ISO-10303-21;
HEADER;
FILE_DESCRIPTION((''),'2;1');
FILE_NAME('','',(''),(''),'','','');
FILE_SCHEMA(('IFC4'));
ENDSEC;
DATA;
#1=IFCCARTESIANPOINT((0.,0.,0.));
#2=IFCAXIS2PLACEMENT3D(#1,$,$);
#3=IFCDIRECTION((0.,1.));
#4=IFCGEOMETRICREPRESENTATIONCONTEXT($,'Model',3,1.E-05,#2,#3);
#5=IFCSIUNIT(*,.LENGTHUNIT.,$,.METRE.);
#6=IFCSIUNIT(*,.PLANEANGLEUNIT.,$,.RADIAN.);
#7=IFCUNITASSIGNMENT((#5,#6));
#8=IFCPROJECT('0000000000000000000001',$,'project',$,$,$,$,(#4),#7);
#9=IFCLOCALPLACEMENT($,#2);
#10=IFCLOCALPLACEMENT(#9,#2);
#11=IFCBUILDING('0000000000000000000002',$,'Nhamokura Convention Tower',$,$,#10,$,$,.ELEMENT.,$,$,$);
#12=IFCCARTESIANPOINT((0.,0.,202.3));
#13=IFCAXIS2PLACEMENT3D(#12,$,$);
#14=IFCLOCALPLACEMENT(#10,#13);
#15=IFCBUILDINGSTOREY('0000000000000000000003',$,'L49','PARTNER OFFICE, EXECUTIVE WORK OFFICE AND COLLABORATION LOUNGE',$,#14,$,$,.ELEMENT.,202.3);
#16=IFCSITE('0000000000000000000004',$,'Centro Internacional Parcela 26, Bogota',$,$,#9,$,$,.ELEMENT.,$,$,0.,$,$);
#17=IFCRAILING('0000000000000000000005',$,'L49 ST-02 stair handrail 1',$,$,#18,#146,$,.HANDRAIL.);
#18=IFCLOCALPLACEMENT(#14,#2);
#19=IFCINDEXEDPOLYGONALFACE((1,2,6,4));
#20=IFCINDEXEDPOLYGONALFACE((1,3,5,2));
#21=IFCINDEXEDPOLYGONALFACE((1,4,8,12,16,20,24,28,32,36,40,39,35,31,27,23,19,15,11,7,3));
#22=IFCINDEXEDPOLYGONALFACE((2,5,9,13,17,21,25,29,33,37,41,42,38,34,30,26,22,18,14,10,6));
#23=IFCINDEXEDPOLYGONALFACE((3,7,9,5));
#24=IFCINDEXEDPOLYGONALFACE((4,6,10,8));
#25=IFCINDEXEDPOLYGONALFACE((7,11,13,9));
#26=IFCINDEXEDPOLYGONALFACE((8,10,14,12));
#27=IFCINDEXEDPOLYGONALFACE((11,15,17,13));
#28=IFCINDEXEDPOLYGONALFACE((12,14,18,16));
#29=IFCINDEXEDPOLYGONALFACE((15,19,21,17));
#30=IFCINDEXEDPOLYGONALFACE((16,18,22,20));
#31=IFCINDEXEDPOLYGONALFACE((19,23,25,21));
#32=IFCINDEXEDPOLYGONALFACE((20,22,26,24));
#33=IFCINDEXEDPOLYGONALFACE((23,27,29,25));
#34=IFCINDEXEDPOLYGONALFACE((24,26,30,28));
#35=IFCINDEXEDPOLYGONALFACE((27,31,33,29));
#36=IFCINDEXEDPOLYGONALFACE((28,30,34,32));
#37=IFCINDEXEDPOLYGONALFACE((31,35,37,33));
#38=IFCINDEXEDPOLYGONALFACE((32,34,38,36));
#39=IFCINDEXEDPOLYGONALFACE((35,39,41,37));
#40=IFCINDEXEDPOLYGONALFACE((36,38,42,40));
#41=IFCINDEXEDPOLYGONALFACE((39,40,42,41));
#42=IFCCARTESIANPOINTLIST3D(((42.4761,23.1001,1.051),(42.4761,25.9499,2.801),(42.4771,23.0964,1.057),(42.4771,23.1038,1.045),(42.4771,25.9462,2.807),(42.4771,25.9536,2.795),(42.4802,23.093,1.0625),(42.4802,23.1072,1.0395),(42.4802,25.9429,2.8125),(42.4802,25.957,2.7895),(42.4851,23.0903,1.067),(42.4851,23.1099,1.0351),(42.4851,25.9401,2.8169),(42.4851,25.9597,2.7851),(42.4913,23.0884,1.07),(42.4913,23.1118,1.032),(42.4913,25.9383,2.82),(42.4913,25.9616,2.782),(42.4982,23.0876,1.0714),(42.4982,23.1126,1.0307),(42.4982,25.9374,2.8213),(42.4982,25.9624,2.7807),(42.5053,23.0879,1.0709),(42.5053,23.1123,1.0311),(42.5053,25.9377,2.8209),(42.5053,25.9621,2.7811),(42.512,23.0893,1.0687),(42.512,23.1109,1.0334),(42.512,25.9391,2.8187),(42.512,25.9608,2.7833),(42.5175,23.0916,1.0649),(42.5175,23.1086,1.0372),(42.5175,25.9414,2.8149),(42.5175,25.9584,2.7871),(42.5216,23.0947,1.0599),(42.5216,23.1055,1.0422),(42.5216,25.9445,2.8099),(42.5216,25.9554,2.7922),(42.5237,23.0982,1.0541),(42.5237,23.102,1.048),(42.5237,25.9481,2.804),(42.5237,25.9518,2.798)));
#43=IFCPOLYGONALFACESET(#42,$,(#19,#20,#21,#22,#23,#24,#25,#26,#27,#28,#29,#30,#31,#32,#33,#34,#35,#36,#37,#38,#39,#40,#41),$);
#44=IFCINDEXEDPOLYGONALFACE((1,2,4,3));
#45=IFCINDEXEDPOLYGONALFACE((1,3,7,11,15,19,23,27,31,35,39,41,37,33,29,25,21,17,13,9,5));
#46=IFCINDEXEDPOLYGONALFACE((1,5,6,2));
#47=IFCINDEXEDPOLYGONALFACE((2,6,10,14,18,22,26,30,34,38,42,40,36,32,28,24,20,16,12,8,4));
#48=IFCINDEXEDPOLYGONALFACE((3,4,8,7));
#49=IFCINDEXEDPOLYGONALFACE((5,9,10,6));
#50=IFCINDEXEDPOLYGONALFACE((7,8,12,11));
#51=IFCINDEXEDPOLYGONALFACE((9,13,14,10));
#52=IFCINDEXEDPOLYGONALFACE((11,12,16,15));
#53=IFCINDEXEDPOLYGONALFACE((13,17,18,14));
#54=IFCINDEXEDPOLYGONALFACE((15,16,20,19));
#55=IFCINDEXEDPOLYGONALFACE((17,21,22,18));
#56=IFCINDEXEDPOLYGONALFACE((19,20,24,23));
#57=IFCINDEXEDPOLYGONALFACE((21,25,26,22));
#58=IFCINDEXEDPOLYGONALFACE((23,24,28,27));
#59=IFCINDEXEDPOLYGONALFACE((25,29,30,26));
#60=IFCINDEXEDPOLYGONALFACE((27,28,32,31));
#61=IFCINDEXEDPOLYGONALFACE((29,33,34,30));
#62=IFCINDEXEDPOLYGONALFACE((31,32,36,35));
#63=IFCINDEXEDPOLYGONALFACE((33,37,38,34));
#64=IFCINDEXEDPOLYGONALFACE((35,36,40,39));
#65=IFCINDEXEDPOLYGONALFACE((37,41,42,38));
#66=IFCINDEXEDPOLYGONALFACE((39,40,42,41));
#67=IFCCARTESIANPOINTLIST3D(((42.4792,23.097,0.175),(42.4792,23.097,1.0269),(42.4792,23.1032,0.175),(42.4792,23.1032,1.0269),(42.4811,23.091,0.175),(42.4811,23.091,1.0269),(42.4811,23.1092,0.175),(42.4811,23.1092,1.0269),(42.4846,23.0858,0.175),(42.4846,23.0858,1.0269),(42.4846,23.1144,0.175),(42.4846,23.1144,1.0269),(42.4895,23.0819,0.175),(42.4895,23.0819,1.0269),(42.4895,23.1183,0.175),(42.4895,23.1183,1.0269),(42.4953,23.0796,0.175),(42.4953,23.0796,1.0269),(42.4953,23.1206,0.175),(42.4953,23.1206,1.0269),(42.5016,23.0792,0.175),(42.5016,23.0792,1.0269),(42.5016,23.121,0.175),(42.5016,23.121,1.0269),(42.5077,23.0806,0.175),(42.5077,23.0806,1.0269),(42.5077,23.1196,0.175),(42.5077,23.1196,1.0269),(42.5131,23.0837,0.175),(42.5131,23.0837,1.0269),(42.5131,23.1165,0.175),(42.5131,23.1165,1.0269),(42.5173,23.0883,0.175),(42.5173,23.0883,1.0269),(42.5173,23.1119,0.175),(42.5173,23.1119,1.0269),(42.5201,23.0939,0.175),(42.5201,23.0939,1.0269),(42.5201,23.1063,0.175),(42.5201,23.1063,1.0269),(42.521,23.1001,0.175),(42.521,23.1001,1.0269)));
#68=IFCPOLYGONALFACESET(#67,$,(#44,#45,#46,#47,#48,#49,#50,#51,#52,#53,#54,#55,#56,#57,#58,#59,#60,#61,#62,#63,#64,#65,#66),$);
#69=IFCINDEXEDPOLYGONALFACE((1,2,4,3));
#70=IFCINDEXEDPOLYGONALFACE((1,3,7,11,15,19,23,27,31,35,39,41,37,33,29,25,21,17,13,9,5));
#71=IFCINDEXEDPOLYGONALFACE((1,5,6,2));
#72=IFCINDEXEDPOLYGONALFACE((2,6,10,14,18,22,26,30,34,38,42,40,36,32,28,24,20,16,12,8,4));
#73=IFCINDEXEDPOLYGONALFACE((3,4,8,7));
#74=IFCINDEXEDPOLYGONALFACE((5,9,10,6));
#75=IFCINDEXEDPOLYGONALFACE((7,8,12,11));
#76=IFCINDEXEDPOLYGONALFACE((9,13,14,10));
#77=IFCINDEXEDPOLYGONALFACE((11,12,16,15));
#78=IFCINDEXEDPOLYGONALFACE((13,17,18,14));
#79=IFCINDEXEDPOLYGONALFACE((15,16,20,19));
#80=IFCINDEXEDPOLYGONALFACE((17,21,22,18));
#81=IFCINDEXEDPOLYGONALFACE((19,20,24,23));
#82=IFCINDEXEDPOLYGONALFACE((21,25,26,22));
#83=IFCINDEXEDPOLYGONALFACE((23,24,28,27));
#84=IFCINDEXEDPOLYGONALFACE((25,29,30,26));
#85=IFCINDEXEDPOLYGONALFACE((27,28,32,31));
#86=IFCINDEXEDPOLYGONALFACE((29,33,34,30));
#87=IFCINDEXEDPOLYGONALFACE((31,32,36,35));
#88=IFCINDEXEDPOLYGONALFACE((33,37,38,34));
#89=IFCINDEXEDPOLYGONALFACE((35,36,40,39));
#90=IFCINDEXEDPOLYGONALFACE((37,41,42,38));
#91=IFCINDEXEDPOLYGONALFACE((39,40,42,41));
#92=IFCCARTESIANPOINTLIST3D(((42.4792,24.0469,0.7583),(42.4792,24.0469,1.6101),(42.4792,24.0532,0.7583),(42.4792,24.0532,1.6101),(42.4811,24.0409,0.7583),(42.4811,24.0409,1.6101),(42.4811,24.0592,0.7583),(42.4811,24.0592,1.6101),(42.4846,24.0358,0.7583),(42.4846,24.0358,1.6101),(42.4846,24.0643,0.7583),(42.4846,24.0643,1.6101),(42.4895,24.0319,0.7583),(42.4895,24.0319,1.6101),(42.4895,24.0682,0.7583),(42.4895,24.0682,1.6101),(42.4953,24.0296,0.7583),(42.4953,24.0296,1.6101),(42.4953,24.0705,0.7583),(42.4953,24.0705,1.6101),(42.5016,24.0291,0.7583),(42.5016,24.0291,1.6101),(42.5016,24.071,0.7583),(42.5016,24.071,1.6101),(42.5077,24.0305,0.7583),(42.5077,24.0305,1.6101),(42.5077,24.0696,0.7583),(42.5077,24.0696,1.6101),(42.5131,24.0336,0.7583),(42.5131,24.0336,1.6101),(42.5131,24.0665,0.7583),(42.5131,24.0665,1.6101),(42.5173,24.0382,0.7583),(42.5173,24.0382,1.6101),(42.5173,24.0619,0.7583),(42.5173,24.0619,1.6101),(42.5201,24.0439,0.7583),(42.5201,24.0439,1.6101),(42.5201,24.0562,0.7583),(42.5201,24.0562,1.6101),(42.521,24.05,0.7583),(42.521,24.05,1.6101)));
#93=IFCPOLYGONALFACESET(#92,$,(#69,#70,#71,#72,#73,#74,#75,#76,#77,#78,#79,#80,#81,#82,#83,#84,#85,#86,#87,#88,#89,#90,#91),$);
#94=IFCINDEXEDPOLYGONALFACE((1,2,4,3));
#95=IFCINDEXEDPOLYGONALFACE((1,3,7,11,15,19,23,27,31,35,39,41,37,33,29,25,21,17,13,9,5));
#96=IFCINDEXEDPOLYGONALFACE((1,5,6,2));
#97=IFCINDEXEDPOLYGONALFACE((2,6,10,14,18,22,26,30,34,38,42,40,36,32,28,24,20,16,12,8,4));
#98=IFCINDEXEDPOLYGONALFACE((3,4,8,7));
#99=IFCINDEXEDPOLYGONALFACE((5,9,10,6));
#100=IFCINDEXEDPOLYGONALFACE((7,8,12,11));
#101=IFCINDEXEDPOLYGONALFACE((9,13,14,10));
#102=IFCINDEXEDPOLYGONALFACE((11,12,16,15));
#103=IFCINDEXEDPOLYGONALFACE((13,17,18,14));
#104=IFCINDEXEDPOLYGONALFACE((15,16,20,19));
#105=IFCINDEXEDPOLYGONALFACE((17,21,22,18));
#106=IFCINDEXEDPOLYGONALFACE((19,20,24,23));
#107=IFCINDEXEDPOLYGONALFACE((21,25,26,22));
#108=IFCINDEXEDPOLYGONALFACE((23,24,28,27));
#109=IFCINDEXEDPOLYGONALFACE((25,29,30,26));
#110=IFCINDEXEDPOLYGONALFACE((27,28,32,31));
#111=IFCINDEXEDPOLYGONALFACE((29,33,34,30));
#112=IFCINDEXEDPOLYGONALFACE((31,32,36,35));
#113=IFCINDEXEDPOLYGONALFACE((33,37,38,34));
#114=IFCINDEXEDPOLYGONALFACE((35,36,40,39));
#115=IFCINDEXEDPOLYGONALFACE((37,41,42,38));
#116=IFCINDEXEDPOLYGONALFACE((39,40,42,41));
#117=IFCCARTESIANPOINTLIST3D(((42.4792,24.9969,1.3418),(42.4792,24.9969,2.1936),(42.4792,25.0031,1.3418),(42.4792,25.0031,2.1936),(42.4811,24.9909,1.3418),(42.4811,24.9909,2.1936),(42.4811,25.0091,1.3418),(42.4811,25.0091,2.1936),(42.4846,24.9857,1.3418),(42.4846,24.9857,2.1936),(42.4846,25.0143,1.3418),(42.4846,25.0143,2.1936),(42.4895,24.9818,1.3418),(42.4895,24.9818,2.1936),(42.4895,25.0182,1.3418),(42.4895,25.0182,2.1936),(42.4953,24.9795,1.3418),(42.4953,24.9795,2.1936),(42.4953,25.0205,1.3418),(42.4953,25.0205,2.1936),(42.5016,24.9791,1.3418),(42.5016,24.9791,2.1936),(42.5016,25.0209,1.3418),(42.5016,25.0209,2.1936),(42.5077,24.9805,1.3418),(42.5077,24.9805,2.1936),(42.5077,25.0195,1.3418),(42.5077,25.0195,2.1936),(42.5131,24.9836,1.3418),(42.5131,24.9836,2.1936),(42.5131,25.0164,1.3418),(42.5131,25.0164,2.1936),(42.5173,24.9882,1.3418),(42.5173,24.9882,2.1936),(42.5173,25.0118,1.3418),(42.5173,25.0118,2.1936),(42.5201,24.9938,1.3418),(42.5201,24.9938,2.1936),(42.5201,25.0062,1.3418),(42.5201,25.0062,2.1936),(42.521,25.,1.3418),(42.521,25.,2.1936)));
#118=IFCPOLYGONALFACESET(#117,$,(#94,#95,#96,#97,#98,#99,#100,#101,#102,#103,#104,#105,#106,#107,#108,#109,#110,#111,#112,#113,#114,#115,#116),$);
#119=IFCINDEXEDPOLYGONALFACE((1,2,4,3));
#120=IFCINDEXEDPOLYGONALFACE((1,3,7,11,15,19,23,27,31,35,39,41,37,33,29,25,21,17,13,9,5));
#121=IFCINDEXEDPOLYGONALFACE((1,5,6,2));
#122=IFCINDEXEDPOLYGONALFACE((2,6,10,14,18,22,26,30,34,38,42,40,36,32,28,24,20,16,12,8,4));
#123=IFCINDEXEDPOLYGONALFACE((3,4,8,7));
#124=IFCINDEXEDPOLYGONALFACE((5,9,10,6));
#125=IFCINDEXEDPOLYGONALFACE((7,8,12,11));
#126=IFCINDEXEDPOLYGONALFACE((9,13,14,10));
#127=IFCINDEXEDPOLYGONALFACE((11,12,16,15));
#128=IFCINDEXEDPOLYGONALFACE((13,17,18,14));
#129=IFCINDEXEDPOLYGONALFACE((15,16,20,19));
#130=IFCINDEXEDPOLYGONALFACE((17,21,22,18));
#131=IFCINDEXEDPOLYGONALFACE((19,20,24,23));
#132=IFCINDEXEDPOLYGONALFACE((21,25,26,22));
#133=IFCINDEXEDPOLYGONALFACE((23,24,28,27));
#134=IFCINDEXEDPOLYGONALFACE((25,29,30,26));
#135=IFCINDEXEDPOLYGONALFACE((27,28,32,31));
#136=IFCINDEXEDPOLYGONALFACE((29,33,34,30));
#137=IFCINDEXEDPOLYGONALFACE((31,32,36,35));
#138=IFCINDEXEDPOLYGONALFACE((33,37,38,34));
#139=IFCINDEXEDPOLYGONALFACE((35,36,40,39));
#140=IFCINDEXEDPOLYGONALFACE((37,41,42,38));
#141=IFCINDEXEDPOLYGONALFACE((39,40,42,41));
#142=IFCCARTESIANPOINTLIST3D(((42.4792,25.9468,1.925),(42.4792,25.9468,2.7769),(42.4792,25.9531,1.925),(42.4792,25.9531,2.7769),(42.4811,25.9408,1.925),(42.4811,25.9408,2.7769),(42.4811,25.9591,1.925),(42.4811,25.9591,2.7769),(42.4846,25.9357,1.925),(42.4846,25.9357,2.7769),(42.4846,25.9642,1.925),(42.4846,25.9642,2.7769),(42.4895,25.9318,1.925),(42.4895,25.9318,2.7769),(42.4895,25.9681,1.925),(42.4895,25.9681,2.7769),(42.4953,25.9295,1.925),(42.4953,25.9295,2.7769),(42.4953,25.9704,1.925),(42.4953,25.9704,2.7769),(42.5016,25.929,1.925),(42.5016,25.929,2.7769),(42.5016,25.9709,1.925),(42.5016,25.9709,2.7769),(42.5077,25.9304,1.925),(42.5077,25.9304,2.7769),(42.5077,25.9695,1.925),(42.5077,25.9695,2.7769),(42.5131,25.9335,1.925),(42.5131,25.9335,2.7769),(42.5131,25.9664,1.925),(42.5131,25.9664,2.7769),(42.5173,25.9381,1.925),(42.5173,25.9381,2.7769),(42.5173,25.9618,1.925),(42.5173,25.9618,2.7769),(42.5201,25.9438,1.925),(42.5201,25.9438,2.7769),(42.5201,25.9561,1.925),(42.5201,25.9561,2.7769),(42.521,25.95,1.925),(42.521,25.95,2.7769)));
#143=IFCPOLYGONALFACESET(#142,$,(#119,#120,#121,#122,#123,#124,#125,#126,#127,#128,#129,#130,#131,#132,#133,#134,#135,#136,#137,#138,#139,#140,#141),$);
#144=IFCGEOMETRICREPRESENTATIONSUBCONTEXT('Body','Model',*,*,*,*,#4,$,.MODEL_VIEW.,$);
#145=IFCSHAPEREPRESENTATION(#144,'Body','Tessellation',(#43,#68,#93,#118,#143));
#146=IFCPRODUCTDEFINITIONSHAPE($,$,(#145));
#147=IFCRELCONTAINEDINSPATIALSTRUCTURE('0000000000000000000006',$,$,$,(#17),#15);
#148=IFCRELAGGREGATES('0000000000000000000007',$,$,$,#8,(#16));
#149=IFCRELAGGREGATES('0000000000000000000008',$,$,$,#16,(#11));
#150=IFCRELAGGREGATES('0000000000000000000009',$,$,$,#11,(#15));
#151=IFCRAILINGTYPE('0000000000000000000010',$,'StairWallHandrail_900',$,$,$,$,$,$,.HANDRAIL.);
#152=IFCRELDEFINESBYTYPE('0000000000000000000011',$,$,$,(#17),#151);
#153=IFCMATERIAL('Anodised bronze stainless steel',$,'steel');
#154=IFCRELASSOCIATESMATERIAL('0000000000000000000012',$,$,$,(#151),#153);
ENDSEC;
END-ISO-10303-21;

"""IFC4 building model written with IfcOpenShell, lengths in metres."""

from ifc_helpers import new_model, si_unit, direction, frame, origin, origin_2d, place, context, subcontext, project, spatial, circle, extrude, material, type_object, element, save


model = new_model("IFC4")

# Units and contexts
model_context = context("Model", 3, precision=1e-05, world=origin(), true_north=direction((0.0, 1.0)))
body_context = subcontext(model_context, "Body", "Model", "MODEL_VIEW")
ifc_project = project(units=[si_unit("LENGTHUNIT", "METRE"), si_unit("PLANEANGLEUNIT", "RADIAN")], contexts=[model_context])

# Site, building, storey
site_placement = place(None, origin())
site = spatial("IfcSite", under=ifc_project, at=site_placement, Name="Centro Internacional Parcela 26, Bogota", CompositionType="ELEMENT", RefElevation=0.0)
building_placement = place(site_placement, origin())
building = spatial("IfcBuilding", under=site, at=building_placement, Name="Nhamokura Convention Tower", CompositionType="ELEMENT")
storey_placement = place(building_placement, frame((0.0, 0.0, 202.3)))
storey = spatial("IfcBuildingStorey", under=building, at=storey_placement, Name="L49", Description="PARTNER OFFICE, EXECUTIVE WORK OFFICE AND COLLABORATION LOUNGE", CompositionType="ELEMENT", Elevation=202.3)

# Railing
ifc_material_1 = material(Name="Anodised bronze stainless steel", Category="steel")
railing_type = type_object("IfcRailingType", Name="StairWallHandrail_900", PredefinedType="HANDRAIL", material=ifc_material_1)
railing_placement = place(storey_placement, frame((42.5, 23.1001, 0.175)))
element("IfcRailing", 1, at=railing_placement, inside=storey, type_object=railing_type, Name="L49 ST-02 stair handrail 1", PredefinedType="HANDRAIL", context=body_context, shape_type="SweptSolid", body=[
    extrude(circle(Radius=0.0239, at=origin_2d()), frame((0.0, 0.0, 0.876), z_axis=(0.0, 0.852159, 0.523283), x_axis=(-1.0, 0.0, 0.0)), (0.0, 0.0, 1.0), 3.3442),
    extrude(circle(Radius=0.021, at=origin_2d()), origin(), (0.0, 0.0, 1.0), 0.8518),
    extrude(circle(Radius=0.021, at=origin_2d()), frame((0.0, 0.95, 0.5833)), (0.0, 0.0, 1.0), 0.8518),
    extrude(circle(Radius=0.021, at=origin_2d()), frame((0.0, 1.8999, 1.1667)), (0.0, 0.0, 1.0), 0.8518),
    extrude(circle(Radius=0.021, at=origin_2d()), frame((0.0, 2.8499, 1.75)), (0.0, 0.0, 1.0), 0.8518),
])

save(model, "model.ifc")
